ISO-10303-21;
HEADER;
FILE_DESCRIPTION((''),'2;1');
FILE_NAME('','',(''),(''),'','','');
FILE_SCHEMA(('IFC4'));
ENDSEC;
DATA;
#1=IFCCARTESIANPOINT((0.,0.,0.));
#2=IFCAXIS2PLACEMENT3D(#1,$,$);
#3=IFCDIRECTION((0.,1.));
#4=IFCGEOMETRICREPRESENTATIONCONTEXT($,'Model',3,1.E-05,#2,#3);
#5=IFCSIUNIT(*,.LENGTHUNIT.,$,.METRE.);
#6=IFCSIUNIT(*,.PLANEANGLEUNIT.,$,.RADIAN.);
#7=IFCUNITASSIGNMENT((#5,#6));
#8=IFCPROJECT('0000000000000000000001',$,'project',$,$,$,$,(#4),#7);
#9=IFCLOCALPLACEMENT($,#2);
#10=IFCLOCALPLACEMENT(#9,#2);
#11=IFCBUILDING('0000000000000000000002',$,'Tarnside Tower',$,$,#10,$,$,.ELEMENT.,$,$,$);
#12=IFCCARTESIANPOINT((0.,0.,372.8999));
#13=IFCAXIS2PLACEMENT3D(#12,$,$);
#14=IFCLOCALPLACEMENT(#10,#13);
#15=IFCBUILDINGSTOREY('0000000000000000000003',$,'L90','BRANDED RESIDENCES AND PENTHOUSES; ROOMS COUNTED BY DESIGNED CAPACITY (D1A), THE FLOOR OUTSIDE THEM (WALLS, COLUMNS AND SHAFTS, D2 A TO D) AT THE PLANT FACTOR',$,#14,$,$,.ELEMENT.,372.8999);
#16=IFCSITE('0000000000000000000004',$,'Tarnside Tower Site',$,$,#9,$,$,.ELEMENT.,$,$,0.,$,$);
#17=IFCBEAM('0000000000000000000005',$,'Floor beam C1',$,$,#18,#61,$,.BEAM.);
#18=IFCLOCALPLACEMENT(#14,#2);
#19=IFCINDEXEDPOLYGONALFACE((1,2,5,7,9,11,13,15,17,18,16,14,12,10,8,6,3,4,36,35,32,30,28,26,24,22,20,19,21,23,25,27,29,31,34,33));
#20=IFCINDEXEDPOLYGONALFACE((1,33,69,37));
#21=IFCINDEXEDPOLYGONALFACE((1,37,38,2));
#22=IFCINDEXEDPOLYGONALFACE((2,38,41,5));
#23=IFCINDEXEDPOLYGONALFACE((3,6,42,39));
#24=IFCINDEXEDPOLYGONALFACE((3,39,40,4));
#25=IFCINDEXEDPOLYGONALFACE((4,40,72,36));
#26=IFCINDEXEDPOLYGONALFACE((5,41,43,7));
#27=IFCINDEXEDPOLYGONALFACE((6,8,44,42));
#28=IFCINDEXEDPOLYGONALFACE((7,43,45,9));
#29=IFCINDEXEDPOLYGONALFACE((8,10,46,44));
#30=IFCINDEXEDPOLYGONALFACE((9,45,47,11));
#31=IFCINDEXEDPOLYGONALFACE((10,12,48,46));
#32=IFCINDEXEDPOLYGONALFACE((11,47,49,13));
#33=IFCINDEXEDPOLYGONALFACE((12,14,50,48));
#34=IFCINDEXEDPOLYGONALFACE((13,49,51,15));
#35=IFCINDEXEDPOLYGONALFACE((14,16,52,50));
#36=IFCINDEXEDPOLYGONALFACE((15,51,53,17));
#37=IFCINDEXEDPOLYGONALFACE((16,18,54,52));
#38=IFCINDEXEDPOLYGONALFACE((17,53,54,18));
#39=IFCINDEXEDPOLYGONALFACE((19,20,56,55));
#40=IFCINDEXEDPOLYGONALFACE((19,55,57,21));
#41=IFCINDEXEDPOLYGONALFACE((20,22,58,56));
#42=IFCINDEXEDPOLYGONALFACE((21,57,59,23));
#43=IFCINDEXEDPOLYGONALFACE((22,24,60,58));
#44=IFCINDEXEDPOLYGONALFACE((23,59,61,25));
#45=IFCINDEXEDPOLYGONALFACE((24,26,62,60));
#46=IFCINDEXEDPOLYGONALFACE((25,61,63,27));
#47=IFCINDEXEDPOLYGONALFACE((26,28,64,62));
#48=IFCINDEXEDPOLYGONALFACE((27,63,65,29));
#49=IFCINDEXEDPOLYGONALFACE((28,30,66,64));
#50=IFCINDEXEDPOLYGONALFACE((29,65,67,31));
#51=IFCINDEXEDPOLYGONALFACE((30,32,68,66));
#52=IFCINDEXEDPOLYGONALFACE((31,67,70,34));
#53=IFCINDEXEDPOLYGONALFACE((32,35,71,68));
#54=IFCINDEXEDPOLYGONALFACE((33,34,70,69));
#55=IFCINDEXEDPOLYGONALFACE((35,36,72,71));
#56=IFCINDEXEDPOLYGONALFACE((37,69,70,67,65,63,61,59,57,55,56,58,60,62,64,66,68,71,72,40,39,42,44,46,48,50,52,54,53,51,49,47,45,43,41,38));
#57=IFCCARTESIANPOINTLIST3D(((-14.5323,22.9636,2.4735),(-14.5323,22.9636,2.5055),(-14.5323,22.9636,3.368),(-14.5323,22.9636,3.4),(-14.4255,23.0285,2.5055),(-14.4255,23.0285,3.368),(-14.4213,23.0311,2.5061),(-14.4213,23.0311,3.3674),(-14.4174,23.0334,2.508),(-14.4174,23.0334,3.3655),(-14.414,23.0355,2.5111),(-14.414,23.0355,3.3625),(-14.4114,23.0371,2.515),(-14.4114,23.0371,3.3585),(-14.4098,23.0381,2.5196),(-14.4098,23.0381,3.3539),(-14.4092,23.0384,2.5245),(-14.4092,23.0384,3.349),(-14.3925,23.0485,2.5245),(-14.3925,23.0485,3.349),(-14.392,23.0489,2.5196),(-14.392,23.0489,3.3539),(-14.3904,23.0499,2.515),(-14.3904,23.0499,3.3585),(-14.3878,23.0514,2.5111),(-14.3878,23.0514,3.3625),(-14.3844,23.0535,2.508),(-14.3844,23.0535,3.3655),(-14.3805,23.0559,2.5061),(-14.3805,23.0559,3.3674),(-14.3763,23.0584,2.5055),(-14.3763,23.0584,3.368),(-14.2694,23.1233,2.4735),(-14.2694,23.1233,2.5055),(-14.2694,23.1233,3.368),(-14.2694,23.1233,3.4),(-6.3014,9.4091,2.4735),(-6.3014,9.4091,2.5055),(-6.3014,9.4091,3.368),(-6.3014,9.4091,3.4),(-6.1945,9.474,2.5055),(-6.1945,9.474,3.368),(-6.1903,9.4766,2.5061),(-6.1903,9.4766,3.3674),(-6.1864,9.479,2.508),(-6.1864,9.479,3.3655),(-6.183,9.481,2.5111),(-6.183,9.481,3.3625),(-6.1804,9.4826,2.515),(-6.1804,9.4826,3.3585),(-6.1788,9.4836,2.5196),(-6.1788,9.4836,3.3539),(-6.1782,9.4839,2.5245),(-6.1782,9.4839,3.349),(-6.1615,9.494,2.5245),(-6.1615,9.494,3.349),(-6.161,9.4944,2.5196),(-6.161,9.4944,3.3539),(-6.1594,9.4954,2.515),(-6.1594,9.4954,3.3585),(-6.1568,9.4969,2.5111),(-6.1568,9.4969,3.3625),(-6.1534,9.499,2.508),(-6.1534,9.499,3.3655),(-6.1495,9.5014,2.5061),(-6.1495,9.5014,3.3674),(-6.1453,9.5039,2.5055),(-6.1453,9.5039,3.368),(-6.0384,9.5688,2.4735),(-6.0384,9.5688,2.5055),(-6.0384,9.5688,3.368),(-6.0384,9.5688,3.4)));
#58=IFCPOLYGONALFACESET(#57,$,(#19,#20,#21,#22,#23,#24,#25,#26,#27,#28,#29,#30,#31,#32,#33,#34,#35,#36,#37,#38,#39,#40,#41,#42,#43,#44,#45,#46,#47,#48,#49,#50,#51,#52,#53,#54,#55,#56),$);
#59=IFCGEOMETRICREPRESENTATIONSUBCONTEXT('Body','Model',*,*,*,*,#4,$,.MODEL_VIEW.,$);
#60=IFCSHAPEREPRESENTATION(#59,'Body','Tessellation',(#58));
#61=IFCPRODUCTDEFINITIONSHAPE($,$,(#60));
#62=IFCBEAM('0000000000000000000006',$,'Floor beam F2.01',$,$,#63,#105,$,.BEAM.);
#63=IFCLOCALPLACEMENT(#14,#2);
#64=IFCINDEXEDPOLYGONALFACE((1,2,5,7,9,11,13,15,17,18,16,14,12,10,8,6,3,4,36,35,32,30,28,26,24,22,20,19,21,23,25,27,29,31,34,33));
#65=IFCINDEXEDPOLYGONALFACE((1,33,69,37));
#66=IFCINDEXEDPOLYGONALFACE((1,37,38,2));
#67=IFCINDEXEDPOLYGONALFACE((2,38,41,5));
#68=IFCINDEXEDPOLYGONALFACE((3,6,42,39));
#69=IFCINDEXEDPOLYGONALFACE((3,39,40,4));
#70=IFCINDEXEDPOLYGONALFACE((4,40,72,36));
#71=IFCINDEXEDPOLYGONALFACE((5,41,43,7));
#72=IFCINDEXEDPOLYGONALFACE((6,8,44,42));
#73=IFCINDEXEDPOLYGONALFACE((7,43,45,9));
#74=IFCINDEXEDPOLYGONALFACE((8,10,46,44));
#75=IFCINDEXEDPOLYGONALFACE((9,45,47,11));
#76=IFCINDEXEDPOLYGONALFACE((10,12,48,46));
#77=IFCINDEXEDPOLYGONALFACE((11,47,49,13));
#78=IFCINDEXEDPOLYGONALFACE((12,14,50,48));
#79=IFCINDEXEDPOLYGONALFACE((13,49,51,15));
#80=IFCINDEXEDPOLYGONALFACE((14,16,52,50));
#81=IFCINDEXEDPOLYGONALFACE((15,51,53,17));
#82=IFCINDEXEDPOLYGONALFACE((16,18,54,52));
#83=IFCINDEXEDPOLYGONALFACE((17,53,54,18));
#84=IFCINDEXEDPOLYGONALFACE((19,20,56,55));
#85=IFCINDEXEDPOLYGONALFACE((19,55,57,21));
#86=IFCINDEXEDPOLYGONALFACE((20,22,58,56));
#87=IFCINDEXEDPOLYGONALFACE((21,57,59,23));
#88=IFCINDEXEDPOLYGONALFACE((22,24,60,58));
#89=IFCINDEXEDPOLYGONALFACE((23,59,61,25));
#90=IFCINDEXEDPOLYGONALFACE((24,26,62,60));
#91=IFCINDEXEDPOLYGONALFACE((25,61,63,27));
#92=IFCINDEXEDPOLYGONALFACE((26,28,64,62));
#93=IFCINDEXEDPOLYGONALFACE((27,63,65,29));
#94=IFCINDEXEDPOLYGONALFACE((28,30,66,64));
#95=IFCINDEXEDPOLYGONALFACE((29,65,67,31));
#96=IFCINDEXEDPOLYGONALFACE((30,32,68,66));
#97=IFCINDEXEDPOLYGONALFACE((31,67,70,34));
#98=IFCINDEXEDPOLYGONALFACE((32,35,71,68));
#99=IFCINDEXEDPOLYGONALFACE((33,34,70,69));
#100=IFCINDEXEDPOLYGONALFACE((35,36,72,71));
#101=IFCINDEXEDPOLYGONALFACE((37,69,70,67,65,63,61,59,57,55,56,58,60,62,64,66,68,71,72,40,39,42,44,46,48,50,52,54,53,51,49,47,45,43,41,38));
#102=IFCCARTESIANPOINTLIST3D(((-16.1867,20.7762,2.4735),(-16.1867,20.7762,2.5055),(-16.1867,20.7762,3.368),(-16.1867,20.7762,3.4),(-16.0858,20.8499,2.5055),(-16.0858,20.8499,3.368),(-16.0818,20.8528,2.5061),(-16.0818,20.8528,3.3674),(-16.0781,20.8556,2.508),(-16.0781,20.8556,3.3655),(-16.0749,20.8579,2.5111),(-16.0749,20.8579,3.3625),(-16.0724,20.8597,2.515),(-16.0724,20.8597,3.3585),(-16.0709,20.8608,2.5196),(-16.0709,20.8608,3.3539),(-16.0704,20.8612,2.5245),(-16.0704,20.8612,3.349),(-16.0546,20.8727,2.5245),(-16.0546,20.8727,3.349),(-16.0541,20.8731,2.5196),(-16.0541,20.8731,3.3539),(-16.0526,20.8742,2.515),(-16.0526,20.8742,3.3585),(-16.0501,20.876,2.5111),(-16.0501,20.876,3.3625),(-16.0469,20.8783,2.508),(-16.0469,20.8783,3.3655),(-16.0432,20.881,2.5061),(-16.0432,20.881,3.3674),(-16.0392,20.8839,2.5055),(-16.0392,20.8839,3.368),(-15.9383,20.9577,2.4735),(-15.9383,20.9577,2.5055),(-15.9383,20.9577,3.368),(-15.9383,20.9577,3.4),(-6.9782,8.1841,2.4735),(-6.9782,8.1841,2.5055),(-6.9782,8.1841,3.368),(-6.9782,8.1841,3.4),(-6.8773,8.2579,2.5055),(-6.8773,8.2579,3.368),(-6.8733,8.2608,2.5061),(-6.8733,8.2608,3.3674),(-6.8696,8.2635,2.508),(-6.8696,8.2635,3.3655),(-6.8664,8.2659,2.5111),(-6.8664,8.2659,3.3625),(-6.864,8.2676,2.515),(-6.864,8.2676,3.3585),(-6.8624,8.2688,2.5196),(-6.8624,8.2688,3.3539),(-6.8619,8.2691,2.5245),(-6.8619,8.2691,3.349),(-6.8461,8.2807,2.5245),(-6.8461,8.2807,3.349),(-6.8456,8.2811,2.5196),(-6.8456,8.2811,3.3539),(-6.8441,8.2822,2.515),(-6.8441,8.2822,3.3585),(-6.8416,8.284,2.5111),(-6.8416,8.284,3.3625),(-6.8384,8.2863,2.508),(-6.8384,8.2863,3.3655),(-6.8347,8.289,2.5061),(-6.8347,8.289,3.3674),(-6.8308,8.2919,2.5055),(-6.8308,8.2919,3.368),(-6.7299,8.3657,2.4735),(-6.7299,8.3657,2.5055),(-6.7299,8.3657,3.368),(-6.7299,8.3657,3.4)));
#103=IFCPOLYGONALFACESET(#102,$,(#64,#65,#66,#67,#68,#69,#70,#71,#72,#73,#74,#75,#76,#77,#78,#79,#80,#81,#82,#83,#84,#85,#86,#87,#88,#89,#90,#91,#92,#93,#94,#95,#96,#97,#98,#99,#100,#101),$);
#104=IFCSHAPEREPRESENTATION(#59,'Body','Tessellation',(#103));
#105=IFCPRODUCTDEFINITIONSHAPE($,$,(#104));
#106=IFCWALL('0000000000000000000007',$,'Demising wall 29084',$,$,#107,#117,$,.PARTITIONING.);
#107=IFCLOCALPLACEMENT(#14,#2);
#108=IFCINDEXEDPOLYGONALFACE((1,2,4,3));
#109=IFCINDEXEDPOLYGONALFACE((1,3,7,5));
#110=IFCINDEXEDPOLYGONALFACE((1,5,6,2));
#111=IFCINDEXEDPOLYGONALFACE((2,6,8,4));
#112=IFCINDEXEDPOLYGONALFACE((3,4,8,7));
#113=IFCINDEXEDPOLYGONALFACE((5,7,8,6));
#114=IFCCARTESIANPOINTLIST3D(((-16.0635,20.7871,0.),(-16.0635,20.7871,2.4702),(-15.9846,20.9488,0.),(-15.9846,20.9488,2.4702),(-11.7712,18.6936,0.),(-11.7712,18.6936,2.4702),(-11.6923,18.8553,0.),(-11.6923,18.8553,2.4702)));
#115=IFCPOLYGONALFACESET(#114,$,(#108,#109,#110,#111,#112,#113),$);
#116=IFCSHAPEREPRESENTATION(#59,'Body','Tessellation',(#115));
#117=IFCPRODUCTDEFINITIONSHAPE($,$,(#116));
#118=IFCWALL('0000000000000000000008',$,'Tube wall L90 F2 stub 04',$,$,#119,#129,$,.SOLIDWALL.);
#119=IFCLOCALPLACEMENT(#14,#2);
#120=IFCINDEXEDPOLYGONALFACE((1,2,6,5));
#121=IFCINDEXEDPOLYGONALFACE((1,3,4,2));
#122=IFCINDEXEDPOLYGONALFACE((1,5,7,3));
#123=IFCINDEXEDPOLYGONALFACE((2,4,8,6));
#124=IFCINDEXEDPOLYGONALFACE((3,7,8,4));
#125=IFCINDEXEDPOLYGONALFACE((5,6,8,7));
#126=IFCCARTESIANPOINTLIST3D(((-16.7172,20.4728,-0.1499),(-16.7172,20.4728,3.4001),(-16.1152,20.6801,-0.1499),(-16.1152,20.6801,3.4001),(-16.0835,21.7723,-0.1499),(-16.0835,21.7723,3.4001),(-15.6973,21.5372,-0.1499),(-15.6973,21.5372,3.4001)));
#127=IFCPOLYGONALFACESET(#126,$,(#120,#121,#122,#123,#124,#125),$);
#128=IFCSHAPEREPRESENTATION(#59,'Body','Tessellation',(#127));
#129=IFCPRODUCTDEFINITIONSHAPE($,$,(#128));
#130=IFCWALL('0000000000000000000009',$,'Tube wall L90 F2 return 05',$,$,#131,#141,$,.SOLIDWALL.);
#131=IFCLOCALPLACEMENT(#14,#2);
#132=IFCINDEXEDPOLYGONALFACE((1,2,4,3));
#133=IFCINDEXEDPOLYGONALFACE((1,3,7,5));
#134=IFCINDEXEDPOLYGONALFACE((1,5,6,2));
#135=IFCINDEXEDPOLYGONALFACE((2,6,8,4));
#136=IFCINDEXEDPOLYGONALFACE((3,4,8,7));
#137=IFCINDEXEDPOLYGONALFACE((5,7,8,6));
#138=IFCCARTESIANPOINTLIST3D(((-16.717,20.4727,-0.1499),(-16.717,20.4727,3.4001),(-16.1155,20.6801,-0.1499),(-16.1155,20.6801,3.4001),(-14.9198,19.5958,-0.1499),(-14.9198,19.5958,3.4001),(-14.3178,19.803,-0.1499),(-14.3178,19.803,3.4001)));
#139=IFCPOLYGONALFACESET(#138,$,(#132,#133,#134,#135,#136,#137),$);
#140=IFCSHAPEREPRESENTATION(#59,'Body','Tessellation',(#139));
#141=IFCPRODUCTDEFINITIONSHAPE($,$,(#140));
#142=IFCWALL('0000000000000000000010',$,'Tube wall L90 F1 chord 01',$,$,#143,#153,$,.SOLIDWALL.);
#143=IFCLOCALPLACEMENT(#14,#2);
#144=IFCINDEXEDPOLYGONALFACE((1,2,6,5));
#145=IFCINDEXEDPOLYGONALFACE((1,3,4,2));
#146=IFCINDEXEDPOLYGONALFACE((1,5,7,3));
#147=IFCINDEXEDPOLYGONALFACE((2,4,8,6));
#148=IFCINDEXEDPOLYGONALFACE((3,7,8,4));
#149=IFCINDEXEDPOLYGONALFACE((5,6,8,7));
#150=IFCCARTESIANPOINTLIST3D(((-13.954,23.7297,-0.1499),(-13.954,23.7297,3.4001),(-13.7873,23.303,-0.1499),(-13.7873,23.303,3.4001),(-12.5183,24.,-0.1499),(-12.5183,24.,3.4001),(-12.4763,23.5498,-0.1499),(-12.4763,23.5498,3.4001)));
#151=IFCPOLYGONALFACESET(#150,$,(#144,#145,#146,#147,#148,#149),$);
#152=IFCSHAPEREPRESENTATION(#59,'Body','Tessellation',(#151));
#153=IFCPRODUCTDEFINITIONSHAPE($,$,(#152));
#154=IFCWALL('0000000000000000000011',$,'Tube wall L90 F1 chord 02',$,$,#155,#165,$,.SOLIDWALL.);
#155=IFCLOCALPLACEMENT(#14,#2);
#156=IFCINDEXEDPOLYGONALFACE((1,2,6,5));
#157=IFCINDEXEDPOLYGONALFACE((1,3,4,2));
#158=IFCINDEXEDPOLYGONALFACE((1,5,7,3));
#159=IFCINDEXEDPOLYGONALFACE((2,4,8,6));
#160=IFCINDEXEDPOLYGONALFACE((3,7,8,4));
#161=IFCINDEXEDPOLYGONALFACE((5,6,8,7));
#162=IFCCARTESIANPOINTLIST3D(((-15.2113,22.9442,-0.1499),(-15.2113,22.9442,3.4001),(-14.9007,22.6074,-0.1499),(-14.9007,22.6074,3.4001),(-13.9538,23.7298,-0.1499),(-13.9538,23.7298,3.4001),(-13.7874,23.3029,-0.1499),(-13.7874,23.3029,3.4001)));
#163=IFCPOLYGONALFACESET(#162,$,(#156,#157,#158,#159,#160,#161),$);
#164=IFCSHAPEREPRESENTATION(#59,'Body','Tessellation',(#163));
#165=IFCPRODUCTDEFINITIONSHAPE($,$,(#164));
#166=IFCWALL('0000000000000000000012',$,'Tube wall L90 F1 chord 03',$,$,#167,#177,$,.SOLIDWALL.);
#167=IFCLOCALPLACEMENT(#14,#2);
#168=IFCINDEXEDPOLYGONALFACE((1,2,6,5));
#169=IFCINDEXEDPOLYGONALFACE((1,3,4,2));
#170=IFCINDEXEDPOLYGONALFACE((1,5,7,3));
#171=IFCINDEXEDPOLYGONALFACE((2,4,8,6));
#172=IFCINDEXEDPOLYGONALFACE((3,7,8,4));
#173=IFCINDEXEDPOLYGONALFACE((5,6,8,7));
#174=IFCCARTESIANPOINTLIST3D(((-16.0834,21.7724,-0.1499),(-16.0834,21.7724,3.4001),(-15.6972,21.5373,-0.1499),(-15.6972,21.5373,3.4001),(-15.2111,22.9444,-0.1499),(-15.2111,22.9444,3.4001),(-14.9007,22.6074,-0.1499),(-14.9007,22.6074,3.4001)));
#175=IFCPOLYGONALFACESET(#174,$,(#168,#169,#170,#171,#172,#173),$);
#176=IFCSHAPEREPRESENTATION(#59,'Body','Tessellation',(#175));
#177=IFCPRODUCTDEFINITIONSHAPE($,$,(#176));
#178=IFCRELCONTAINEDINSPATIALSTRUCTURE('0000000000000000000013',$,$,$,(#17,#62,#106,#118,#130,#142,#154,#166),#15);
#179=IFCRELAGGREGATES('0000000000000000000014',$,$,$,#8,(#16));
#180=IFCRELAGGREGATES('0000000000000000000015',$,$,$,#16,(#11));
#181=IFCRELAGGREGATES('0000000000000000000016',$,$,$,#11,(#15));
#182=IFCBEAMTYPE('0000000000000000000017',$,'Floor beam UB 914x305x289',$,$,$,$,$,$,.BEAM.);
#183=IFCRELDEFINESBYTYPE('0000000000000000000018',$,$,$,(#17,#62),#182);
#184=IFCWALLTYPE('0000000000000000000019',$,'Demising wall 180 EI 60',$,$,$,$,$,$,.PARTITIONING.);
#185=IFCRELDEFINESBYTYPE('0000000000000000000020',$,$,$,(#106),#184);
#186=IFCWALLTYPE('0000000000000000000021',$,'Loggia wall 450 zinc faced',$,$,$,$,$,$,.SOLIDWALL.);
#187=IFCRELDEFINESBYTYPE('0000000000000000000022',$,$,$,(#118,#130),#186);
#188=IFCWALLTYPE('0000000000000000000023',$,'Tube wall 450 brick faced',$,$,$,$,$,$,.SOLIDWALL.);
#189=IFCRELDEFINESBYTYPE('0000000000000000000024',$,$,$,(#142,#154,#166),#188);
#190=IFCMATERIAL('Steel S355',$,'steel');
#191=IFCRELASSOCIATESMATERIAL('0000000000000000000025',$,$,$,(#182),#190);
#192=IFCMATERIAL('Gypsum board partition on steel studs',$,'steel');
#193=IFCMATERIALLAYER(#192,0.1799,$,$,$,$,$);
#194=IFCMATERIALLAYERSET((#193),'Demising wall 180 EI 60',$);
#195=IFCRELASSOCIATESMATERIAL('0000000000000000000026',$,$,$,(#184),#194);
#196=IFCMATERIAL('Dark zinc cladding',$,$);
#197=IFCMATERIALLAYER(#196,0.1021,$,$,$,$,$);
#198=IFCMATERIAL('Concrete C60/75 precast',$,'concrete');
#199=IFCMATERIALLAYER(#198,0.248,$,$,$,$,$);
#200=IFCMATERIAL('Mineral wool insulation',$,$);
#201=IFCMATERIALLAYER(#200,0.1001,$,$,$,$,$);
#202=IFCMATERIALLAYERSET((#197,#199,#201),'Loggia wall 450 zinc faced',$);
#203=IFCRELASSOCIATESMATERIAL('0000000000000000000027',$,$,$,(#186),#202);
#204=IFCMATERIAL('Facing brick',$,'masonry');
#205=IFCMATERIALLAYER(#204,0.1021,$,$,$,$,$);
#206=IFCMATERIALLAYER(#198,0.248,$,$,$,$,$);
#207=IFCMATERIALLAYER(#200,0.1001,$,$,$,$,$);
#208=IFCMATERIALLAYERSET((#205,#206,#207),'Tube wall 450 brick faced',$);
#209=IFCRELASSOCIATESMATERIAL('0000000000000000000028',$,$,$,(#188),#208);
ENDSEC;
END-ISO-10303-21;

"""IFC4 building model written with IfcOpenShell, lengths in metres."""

from ifc_helpers import new_model, si_unit, direction, frame, frame_2d, origin, origin_2d, place, context, subcontext, project, spatial, polyline, rectangle, i_section, outline, extrude, material, layer, layer_set, material_profile, profile_set, type_object, element, save


model = new_model("IFC4")

# Units and contexts
model_context = context("Model", 3, precision=1e-05, world=origin(), true_north=direction((0.0, 1.0)))
body_context = subcontext(model_context, "Body", "Model", "MODEL_VIEW")
ifc_project = project(units=[si_unit("LENGTHUNIT", "METRE"), si_unit("PLANEANGLEUNIT", "RADIAN")], contexts=[model_context])

# Site, building, storey
site_placement = place(None, origin())
site = spatial("IfcSite", under=ifc_project, at=site_placement, Name="Tarnside Tower Site", CompositionType="ELEMENT", RefElevation=0.0)
building_placement = place(site_placement, origin())
building = spatial("IfcBuilding", under=site, at=building_placement, Name="Tarnside Tower", CompositionType="ELEMENT")
storey_placement = place(building_placement, frame((0.0, 0.0, 372.8999)))
storey = spatial("IfcBuildingStorey", under=building, at=storey_placement, Name="L90", Description="BRANDED RESIDENCES AND PENTHOUSES; ROOMS COUNTED BY DESIGNED CAPACITY (D1A), THE FLOOR OUTSIDE THEM (WALLS, COLUMNS AND SHAFTS, D2 A TO D) AT THE PLANT FACTOR", CompositionType="ELEMENT", Elevation=372.8999)

# Beams
ifc_material_1 = material(Name="Steel S355", Category="steel")
ifc_material_profile = material_profile(ifc_material_1, i_section(OverallWidth=0.3076, OverallDepth=0.9265, WebThickness=0.0195, FlangeThickness=0.032, FilletRadius=0.019, at=origin_2d()), Name="UB 914x305x289")
ifc_profile_set = profile_set([ifc_material_profile], Name="Steel S355")
beam_type = type_object("IfcBeamType", Name="Floor beam UB 914x305x289", PredefinedType="BEAM", material=ifc_profile_set)
beam_1_placement = place(storey_placement, frame((-14.4009, 23.0435, 2.9368), z_axis=(0.519046, -0.854746, 0.0), x_axis=(0.854746, 0.519046, 0.0)))
element("IfcBeam", 1, at=beam_1_placement, inside=storey, type_object=beam_type, Name="Floor beam C1", PredefinedType="BEAM", context=body_context, shape_type="SweptSolid", body=[
    extrude(i_section(OverallWidth=0.3076, OverallDepth=0.9265, WebThickness=0.0195, FlangeThickness=0.032, FilletRadius=0.019, at=origin_2d()), origin(), (0.0, 0.0, 1.0), 15.8579),
])
beam_2_placement = place(storey_placement, frame((-16.0625, 20.8669, 2.9368), z_axis=(0.590293, -0.807189, 0.0), x_axis=(0.807189, 0.590293, 0.0)))
element("IfcBeam", 2, at=beam_2_placement, inside=storey, type_object=beam_type, Name="Floor beam F2.01", PredefinedType="BEAM", context=body_context, shape_type="SweptSolid", body=[
    extrude(i_section(OverallWidth=0.3076, OverallDepth=0.9265, WebThickness=0.0195, FlangeThickness=0.032, FilletRadius=0.019, at=origin_2d()), origin(), (0.0, 0.0, 1.0), 15.5999),
])

# Walls
ifc_material_2 = material(Name="Gypsum board partition on steel studs", Category="steel")
ifc_layer_1 = layer(ifc_material_2, 0.1799)
ifc_layer_set_1 = layer_set([ifc_layer_1], Name="Demising wall 180 EI 60")
wall_type_1 = type_object("IfcWallType", Name="Demising wall 180 EI 60", PredefinedType="PARTITIONING", material=ifc_layer_set_1)
wall_1_placement = place(storey_placement, frame((-16.0239, 20.8679, 0.0), z_axis=(0.0, 0.0, 1.0), x_axis=(0.898791, -0.438378, 0.0)))
element("IfcWall", 3, at=wall_1_placement, inside=storey, type_object=wall_type_1, Name="Demising wall 29084", PredefinedType="PARTITIONING", context=body_context, shape_type="SweptSolid", body=[
    extrude(rectangle(XDim=4.7756, YDim=0.1799, at=frame_2d((2.3877, 0.0))), origin(), (0.0, 0.0, 1.0), 2.4702),
])
ifc_material_3 = material(Name="Dark zinc cladding")
ifc_layer_2 = layer(ifc_material_3, 0.1021)
ifc_material_4 = material(Name="Concrete C60/75 precast", Category="concrete")
ifc_layer_3 = layer(ifc_material_4, 0.248)
ifc_material_5 = material(Name="Mineral wool insulation")
ifc_layer_4 = layer(ifc_material_5, 0.1001)
ifc_layer_set_2 = layer_set([ifc_layer_2, ifc_layer_3, ifc_layer_4], Name="Loggia wall 450 zinc faced")
wall_type_2 = type_object("IfcWallType", Name="Loggia wall 450 zinc faced", PredefinedType="SOLIDWALL", material=ifc_layer_set_2)
wall_2_placement = place(storey_placement, frame((-15.8904, 21.6548, -0.1499), z_axis=(0.0, 0.0, 1.0), x_axis=(-0.438319, -0.898819, 0.0)))
element("IfcWall", 4, at=wall_2_placement, inside=storey, type_object=wall_type_2, Name="Tube wall L90 F2 stub 04", PredefinedType="SOLIDWALL", context=body_context, shape_type="SweptSolid", body=[
    extrude(outline(polyline([(-0.021, -0.2251), (1.4248, -0.2251), (0.9746, 0.2251), (0.021, 0.2251), (-0.021, -0.2251)])), origin(), (0.0, 0.0, 1.0), 3.55),
])
wall_3_placement = place(storey_placement, frame((-16.4163, 20.5764, -0.1499), z_axis=(0.0, 0.0, 1.0), x_axis=(0.898731, -0.438501, 0.0)))
element("IfcWall", 5, at=wall_3_placement, inside=storey, type_object=wall_type_2, Name="Tube wall L90 F2 return 05", PredefinedType="SOLIDWALL", context=body_context, shape_type="SweptSolid", body=[
    extrude(outline(polyline([(-0.2249, -0.2251), (1.7749, -0.2251), (2.2251, 0.2251), (0.2249, 0.2251), (-0.2249, -0.2251)])), origin(), (0.0, 0.0, 1.0), 3.55),
])
ifc_material_6 = material(Name="Facing brick", Category="masonry")
ifc_layer_5 = layer(ifc_material_6, 0.1021)
ifc_layer_6 = layer(ifc_material_4, 0.248)
ifc_layer_7 = layer(ifc_material_5, 0.1001)
ifc_layer_set_3 = layer_set([ifc_layer_5, ifc_layer_6, ifc_layer_7], Name="Tube wall 450 brick faced")
wall_type_3 = type_object("IfcWallType", Name="Tube wall 450 brick faced", PredefinedType="SOLIDWALL", material=ifc_layer_set_3)
wall_4_placement = place(storey_placement, frame((-12.4973, 23.7749, -0.1499), z_axis=(0.0, 0.0, 1.0), x_axis=(-0.982735, -0.185016, 0.0)))
element("IfcWall", 6, at=wall_4_placement, inside=storey, type_object=wall_type_3, Name="Tube wall L90 F1 chord 01", PredefinedType="SOLIDWALL", context=body_context, shape_type="SweptSolid", body=[
    extrude(outline(polyline([(-0.021, -0.2251), (1.4399, -0.2251), (1.355, 0.2251), (0.021, 0.2251), (-0.021, -0.2251)])), origin(), (0.0, 0.0, 1.0), 3.55),
])
wall_5_placement = place(storey_placement, frame((-13.8706, 23.5164, -0.1499), z_axis=(0.0, 0.0, 1.0), x_axis=(-0.848106, -0.529826, 0.0)))
element("IfcWall", 7, at=wall_5_placement, inside=storey, type_object=wall_type_3, Name="Tube wall L90 F1 chord 02", PredefinedType="SOLIDWALL", context=body_context, shape_type="SweptSolid", body=[
    extrude(outline(polyline([(-0.0425, -0.2251), (1.4402, -0.2251), (1.3552, 0.2251), (0.0425, 0.2251), (-0.0425, -0.2251)])), origin(), (0.0, 0.0, 1.0), 3.55),
])
wall_6_placement = place(storey_placement, frame((-15.0559, 22.7759, -0.1499), z_axis=(0.0, 0.0, 1.0), x_axis=(-0.597089, -0.802175, 0.0)))
element("IfcWall", 8, at=wall_6_placement, inside=storey, type_object=wall_type_3, Name="Tube wall L90 F1 chord 03", PredefinedType="SOLIDWALL", context=body_context, shape_type="SweptSolid", body=[
    extrude(outline(polyline([(-0.0425, -0.2251), (1.4185, -0.2251), (1.3765, 0.2251), (0.0425, 0.2251), (-0.0425, -0.2251)])), origin(), (0.0, 0.0, 1.0), 3.55),
])

save(model, "model.ifc")
